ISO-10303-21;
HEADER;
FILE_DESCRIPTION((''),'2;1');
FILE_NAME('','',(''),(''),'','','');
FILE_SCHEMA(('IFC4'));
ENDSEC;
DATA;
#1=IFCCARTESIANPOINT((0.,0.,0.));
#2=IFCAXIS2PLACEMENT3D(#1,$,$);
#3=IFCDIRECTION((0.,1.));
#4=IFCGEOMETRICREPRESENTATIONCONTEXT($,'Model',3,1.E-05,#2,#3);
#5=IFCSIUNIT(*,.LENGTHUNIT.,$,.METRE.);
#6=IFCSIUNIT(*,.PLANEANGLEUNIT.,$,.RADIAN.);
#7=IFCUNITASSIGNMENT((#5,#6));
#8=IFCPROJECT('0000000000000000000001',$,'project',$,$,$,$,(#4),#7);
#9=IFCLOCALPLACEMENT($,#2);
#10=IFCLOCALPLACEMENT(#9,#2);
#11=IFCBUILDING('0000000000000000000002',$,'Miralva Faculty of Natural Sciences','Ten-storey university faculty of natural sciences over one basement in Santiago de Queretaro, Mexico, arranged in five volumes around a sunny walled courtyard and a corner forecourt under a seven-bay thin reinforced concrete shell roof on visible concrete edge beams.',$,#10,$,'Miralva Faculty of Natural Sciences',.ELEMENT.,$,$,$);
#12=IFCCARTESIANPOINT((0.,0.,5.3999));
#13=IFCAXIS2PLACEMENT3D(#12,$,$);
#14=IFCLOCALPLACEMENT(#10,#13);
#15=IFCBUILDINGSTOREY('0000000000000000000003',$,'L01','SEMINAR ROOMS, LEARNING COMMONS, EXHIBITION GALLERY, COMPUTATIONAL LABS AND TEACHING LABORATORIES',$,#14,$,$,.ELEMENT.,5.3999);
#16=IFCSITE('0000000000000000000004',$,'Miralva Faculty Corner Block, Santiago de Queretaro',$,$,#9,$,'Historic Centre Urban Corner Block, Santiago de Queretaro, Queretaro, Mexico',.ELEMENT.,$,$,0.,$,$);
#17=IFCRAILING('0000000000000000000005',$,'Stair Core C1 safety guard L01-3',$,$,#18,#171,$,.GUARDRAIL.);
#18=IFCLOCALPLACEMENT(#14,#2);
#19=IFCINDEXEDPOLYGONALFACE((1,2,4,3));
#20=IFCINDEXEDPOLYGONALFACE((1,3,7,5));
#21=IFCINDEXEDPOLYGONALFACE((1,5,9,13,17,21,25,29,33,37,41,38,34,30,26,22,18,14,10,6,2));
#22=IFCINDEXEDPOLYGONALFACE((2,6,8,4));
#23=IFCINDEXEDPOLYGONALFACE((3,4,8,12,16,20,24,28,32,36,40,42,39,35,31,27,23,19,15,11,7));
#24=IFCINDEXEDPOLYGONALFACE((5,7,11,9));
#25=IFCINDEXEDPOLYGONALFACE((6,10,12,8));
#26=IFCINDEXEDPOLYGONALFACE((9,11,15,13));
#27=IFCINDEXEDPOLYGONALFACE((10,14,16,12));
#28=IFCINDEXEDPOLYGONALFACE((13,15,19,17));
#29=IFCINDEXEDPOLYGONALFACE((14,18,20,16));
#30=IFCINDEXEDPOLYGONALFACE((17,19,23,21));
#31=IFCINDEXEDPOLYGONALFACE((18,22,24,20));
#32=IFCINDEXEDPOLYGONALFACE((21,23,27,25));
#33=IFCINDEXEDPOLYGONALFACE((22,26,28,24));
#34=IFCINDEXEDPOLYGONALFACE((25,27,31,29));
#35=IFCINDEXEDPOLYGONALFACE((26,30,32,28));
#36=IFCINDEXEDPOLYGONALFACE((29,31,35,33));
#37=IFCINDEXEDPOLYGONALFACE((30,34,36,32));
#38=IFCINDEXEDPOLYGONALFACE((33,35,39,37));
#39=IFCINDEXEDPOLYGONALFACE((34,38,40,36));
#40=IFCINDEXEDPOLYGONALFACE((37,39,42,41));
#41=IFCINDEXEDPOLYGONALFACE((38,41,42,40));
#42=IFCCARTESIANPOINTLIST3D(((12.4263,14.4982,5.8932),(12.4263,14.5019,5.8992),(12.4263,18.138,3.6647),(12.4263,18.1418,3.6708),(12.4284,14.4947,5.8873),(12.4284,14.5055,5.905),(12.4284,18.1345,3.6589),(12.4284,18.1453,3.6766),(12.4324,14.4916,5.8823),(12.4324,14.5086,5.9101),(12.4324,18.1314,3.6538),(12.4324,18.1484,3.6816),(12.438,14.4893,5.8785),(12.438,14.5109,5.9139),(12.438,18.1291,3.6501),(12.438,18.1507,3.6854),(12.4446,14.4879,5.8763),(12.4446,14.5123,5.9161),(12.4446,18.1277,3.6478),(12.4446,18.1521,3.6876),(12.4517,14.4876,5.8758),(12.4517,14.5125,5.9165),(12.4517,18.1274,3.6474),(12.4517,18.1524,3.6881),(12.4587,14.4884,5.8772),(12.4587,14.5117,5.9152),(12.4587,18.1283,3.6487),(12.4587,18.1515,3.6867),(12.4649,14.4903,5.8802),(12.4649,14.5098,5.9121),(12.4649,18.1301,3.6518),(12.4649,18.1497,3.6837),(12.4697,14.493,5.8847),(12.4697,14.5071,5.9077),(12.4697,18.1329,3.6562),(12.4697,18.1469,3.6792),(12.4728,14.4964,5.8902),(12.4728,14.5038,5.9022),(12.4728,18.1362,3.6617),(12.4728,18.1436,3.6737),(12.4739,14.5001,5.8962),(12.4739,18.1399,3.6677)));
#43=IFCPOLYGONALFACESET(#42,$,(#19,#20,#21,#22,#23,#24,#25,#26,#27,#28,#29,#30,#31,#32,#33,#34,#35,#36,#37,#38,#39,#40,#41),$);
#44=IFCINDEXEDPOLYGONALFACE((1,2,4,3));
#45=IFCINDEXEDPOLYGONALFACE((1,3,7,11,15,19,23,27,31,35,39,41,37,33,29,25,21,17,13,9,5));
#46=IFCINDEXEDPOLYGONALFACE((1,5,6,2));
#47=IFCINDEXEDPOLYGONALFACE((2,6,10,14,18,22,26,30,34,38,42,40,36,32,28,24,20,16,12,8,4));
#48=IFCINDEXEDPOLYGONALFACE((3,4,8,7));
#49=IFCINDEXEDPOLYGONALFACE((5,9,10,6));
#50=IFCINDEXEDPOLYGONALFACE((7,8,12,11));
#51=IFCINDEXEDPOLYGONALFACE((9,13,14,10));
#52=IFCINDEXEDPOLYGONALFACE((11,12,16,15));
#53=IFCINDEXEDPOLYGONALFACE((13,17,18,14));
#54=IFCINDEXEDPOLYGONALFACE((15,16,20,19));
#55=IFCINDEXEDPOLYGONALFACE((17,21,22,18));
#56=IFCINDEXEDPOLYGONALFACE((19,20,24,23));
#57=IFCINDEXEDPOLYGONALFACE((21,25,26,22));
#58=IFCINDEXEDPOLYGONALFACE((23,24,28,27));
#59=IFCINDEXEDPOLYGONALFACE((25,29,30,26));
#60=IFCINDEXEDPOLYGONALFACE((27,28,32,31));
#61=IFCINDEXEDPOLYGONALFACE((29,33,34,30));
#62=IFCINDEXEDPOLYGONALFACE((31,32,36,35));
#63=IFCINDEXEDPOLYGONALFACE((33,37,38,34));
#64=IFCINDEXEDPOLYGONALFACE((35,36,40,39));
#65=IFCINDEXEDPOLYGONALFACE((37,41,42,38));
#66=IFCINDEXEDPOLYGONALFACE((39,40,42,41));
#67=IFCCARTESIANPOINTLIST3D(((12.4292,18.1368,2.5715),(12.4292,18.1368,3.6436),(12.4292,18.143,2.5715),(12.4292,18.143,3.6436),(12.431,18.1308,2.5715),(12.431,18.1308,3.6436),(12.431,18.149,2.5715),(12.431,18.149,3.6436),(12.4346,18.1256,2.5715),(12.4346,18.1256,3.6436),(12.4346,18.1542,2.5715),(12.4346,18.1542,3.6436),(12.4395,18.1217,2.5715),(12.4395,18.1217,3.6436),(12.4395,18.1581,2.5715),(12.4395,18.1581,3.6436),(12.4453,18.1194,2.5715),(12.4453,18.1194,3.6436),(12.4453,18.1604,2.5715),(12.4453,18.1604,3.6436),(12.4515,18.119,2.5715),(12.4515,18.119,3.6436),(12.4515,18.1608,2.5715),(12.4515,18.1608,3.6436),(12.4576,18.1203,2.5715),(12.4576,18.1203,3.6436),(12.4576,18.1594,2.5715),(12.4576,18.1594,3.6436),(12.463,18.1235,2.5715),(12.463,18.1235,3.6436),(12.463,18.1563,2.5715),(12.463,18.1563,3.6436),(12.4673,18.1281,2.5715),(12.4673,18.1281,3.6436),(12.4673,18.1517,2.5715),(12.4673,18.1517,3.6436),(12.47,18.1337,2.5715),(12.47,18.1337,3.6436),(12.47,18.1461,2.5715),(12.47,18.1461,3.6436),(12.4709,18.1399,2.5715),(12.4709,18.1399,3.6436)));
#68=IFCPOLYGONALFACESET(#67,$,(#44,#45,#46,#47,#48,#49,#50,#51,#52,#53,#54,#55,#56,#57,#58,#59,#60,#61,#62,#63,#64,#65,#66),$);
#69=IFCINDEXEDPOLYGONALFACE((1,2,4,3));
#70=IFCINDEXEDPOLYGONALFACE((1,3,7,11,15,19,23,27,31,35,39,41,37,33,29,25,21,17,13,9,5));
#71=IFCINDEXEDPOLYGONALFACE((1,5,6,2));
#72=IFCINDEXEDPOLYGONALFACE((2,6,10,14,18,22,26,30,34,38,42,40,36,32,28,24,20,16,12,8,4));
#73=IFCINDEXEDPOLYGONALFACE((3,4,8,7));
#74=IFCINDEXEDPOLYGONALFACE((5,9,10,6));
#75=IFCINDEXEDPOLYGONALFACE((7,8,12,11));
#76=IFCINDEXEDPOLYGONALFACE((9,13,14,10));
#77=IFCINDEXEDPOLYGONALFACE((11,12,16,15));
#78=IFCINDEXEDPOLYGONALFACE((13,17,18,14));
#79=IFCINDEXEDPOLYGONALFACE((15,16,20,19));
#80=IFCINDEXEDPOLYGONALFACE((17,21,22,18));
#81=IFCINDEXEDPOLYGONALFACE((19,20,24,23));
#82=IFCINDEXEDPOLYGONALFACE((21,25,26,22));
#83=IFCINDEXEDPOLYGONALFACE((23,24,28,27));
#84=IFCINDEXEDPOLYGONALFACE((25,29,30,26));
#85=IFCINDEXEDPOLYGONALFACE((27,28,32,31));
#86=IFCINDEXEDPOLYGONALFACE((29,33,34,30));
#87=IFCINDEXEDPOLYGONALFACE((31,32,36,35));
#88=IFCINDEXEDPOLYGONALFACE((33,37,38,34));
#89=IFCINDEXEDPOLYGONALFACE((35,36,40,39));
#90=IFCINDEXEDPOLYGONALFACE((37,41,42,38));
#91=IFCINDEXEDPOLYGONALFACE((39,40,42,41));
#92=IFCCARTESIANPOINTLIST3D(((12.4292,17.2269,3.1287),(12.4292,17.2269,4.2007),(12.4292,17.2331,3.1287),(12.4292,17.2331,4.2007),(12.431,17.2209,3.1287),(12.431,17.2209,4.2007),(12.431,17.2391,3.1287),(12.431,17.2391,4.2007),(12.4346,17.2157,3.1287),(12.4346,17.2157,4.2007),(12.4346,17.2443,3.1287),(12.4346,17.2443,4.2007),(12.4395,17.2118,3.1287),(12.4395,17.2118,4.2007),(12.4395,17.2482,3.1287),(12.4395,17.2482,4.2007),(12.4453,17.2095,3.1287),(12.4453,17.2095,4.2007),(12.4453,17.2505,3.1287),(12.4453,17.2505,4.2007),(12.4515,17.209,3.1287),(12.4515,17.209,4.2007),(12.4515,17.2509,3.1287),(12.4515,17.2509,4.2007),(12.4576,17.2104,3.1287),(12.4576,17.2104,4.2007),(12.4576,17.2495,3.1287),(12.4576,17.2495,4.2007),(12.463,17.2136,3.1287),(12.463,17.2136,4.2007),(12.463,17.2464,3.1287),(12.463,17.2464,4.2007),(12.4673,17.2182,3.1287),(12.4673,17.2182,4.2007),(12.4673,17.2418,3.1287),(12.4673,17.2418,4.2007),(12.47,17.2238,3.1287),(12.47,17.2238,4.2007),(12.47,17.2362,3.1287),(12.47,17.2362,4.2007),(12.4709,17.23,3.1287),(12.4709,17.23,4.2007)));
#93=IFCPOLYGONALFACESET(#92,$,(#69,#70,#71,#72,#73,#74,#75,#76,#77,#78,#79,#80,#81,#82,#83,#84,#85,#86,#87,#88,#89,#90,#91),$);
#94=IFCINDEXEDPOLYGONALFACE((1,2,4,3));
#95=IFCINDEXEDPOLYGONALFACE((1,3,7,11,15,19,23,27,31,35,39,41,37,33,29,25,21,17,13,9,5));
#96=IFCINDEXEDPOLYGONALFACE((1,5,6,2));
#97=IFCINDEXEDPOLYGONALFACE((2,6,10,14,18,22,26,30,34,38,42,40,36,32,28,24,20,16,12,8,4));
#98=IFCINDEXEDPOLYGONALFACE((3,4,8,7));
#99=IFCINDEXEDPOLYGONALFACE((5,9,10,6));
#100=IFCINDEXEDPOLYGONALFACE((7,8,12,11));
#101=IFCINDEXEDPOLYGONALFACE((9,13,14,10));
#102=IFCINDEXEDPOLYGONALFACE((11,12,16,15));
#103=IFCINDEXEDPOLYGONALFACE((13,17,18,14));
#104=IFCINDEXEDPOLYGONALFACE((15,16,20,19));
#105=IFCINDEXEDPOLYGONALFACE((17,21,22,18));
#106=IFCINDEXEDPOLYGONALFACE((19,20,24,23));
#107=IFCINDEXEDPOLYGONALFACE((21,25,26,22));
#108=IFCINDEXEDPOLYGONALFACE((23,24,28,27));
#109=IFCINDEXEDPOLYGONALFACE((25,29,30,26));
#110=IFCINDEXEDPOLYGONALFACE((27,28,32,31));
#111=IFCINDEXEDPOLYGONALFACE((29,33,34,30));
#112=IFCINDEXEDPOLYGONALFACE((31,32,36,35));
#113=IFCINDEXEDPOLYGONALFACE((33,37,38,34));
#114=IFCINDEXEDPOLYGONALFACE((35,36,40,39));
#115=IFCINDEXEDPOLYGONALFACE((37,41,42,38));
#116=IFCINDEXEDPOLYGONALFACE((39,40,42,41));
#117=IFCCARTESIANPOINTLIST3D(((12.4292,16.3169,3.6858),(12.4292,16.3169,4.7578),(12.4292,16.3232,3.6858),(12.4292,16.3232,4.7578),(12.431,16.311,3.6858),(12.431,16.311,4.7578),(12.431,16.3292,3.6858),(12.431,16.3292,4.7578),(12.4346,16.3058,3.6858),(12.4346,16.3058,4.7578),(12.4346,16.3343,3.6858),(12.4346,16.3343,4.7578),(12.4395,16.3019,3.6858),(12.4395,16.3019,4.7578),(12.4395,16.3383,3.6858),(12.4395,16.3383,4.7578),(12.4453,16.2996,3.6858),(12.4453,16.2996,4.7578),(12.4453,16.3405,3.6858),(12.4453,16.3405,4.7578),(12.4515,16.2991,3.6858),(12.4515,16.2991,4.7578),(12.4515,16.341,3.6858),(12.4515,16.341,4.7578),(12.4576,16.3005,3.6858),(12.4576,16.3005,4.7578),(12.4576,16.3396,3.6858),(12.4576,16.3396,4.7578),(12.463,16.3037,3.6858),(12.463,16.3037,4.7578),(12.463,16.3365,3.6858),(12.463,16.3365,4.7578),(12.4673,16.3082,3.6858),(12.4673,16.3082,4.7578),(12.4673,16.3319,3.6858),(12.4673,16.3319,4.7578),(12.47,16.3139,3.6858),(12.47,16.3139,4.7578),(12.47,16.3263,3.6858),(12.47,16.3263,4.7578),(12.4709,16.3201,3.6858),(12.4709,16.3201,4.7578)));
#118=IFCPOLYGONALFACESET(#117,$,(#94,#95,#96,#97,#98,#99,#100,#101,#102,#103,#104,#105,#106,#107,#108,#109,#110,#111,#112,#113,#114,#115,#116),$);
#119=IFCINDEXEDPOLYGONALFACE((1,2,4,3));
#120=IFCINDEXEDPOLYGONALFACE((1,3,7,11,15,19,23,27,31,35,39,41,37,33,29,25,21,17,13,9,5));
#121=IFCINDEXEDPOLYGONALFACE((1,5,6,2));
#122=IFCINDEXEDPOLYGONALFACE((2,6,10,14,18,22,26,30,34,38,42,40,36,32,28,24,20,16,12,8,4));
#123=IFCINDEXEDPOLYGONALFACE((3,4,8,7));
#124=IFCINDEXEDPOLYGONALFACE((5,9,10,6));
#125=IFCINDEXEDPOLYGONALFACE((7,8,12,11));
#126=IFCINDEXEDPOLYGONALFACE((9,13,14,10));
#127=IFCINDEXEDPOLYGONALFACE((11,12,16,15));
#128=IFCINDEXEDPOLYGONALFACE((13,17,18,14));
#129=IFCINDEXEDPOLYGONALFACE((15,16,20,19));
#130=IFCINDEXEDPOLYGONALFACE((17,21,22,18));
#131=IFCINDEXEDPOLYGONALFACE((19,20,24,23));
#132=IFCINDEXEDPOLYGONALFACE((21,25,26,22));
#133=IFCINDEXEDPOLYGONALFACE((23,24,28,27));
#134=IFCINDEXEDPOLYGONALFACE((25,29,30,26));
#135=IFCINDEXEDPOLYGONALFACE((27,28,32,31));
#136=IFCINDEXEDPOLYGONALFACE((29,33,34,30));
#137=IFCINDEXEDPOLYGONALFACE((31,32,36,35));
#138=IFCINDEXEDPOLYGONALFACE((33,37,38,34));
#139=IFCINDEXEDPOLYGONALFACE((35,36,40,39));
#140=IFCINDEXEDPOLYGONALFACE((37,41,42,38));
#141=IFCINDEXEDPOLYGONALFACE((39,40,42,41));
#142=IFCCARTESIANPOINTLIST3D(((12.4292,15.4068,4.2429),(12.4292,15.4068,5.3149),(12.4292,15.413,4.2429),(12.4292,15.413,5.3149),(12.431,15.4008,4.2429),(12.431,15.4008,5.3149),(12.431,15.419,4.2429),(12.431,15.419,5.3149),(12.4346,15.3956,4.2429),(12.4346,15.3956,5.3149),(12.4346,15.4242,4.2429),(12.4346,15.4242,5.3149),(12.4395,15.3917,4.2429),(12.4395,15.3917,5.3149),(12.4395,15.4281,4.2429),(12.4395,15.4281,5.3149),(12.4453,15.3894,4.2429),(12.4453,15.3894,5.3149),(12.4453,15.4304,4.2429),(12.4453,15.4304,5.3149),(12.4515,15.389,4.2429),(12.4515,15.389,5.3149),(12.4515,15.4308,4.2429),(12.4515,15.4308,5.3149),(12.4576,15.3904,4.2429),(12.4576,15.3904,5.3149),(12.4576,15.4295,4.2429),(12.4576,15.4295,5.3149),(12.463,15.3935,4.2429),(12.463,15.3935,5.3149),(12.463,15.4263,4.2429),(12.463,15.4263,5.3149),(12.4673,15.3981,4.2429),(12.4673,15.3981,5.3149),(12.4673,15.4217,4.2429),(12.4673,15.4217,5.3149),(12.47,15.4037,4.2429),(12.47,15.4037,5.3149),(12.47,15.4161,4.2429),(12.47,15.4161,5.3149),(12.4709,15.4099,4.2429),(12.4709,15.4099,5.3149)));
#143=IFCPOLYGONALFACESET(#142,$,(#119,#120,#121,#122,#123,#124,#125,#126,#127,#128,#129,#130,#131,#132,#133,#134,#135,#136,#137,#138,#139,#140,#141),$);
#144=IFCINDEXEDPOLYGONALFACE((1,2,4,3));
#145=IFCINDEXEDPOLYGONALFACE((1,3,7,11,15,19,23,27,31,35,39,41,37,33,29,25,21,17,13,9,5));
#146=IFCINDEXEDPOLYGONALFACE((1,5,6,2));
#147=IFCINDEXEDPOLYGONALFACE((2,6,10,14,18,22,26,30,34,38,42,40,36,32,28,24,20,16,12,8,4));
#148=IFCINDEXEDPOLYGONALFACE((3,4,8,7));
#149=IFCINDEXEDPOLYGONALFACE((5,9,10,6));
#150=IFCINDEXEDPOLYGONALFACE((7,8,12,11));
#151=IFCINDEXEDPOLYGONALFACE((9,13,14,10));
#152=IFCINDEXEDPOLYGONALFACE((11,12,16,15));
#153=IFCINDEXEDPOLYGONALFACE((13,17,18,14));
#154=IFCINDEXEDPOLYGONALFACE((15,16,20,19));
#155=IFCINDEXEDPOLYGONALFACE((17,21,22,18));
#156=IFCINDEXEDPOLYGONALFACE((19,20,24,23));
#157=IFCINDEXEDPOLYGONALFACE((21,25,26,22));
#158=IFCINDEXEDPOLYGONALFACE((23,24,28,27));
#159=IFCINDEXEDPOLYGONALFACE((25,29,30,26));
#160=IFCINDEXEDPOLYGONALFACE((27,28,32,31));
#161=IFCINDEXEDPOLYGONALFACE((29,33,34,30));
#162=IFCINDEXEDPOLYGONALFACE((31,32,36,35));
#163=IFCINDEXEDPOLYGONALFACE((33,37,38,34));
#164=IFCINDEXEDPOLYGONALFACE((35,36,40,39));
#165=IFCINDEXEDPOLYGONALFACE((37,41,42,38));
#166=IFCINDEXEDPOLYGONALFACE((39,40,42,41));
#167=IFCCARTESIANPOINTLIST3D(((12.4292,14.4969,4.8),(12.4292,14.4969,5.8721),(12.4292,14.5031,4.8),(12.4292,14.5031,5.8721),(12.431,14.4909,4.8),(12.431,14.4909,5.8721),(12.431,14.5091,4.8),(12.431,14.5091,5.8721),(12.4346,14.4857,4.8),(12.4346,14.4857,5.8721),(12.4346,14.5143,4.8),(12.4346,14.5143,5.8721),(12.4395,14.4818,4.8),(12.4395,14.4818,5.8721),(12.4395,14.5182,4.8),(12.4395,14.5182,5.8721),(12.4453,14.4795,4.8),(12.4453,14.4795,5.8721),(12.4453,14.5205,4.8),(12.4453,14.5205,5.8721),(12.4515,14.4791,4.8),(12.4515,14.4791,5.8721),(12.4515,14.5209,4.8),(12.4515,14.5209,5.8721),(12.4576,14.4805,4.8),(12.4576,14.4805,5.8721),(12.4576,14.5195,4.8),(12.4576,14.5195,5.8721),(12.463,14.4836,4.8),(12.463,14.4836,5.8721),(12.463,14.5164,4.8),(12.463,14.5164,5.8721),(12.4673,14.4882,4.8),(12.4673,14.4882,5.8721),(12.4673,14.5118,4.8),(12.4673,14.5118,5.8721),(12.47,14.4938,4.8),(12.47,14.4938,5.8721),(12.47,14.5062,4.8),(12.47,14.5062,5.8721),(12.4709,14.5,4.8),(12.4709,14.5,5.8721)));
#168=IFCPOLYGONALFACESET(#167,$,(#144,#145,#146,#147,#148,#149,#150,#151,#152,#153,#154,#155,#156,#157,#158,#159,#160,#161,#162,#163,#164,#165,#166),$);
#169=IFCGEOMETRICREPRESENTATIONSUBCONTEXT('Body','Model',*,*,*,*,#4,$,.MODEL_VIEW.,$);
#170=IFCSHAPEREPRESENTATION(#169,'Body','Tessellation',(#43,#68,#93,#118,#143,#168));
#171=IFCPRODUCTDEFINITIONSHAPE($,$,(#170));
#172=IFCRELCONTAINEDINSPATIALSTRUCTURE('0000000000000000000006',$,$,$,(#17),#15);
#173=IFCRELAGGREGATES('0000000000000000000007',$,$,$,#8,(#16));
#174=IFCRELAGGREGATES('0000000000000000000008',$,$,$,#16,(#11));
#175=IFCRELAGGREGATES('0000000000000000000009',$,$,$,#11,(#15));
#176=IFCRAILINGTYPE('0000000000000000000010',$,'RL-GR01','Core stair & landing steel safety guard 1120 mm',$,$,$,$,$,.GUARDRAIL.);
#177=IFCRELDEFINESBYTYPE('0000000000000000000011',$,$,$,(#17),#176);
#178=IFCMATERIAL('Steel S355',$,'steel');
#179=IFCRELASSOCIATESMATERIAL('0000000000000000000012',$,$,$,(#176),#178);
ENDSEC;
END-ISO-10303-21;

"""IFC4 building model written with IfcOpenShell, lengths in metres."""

from ifc_helpers import new_model, si_unit, direction, frame, origin, origin_2d, place, context, subcontext, project, spatial, circle, extrude, material, type_object, element, save


model = new_model("IFC4")

# Units and contexts
model_context = context("Model", 3, precision=1e-05, world=origin(), true_north=direction((0.0, 1.0)))
body_context = subcontext(model_context, "Body", "Model", "MODEL_VIEW")
ifc_project = project(units=[si_unit("LENGTHUNIT", "METRE"), si_unit("PLANEANGLEUNIT", "RADIAN")], contexts=[model_context])

# Site, building, storey
site_placement = place(None, origin())
site = spatial("IfcSite", under=ifc_project, at=site_placement, Name="Miralva Faculty Corner Block, Santiago de Queretaro", LongName="Historic Centre Urban Corner Block, Santiago de Queretaro, Queretaro, Mexico", CompositionType="ELEMENT", RefElevation=0.0)
building_placement = place(site_placement, origin())
building = spatial("IfcBuilding", under=site, at=building_placement, Name="Miralva Faculty of Natural Sciences", Description="Ten-storey university faculty of natural sciences over one basement in Santiago de Queretaro, Mexico, arranged in five volumes around a sunny walled courtyard and a corner forecourt under a seven-bay thin reinforced concrete shell roof on visible concrete edge beams.", LongName="Miralva Faculty of Natural Sciences", CompositionType="ELEMENT")
storey_placement = place(building_placement, frame((0.0, 0.0, 5.3999)))
storey = spatial("IfcBuildingStorey", under=building, at=storey_placement, Name="L01", Description="SEMINAR ROOMS, LEARNING COMMONS, EXHIBITION GALLERY, COMPUTATIONAL LABS AND TEACHING LABORATORIES", CompositionType="ELEMENT", Elevation=5.3999)

# Railing
ifc_material_1 = material(Name="Steel S355", Category="steel")
railing_type_1 = type_object("IfcRailingType", Name="RL-GR01", Description="Core stair & landing steel safety guard 1120 mm", PredefinedType="GUARDRAIL", material=ifc_material_1)
railing_1_placement = place(storey_placement, frame((12.45, 18.1399, 2.5715)))
element("IfcRailing", 1, at=railing_1_placement, inside=storey, type_object=railing_type_1, Name="Stair Core C1 safety guard L01-3", PredefinedType="GUARDRAIL", context=body_context, shape_type="SweptSolid", body=[
    extrude(circle(Radius=0.0239, at=origin_2d()), frame((0.0, 0.0, 1.0962), z_axis=(0.0, -0.85285, 0.522156), x_axis=(1.0, 0.0, 0.0)), (0.0, 0.0, 1.0), 4.2678),
    extrude(circle(Radius=0.021, at=origin_2d()), origin(), (0.0, 0.0, 1.0), 1.072),
    extrude(circle(Radius=0.021, at=origin_2d()), frame((0.0, -0.9099, 0.5571)), (0.0, 0.0, 1.0), 1.072),
    extrude(circle(Radius=0.021, at=origin_2d()), frame((0.0, -1.8198, 1.1143)), (0.0, 0.0, 1.0), 1.072),
    extrude(circle(Radius=0.021, at=origin_2d()), frame((0.0, -2.73, 1.6714)), (0.0, 0.0, 1.0), 1.072),
    extrude(circle(Radius=0.021, at=origin_2d()), frame((0.0, -3.6399, 2.2285)), (0.0, 0.0, 1.0), 1.072),
])

save(model, "model.ifc")
